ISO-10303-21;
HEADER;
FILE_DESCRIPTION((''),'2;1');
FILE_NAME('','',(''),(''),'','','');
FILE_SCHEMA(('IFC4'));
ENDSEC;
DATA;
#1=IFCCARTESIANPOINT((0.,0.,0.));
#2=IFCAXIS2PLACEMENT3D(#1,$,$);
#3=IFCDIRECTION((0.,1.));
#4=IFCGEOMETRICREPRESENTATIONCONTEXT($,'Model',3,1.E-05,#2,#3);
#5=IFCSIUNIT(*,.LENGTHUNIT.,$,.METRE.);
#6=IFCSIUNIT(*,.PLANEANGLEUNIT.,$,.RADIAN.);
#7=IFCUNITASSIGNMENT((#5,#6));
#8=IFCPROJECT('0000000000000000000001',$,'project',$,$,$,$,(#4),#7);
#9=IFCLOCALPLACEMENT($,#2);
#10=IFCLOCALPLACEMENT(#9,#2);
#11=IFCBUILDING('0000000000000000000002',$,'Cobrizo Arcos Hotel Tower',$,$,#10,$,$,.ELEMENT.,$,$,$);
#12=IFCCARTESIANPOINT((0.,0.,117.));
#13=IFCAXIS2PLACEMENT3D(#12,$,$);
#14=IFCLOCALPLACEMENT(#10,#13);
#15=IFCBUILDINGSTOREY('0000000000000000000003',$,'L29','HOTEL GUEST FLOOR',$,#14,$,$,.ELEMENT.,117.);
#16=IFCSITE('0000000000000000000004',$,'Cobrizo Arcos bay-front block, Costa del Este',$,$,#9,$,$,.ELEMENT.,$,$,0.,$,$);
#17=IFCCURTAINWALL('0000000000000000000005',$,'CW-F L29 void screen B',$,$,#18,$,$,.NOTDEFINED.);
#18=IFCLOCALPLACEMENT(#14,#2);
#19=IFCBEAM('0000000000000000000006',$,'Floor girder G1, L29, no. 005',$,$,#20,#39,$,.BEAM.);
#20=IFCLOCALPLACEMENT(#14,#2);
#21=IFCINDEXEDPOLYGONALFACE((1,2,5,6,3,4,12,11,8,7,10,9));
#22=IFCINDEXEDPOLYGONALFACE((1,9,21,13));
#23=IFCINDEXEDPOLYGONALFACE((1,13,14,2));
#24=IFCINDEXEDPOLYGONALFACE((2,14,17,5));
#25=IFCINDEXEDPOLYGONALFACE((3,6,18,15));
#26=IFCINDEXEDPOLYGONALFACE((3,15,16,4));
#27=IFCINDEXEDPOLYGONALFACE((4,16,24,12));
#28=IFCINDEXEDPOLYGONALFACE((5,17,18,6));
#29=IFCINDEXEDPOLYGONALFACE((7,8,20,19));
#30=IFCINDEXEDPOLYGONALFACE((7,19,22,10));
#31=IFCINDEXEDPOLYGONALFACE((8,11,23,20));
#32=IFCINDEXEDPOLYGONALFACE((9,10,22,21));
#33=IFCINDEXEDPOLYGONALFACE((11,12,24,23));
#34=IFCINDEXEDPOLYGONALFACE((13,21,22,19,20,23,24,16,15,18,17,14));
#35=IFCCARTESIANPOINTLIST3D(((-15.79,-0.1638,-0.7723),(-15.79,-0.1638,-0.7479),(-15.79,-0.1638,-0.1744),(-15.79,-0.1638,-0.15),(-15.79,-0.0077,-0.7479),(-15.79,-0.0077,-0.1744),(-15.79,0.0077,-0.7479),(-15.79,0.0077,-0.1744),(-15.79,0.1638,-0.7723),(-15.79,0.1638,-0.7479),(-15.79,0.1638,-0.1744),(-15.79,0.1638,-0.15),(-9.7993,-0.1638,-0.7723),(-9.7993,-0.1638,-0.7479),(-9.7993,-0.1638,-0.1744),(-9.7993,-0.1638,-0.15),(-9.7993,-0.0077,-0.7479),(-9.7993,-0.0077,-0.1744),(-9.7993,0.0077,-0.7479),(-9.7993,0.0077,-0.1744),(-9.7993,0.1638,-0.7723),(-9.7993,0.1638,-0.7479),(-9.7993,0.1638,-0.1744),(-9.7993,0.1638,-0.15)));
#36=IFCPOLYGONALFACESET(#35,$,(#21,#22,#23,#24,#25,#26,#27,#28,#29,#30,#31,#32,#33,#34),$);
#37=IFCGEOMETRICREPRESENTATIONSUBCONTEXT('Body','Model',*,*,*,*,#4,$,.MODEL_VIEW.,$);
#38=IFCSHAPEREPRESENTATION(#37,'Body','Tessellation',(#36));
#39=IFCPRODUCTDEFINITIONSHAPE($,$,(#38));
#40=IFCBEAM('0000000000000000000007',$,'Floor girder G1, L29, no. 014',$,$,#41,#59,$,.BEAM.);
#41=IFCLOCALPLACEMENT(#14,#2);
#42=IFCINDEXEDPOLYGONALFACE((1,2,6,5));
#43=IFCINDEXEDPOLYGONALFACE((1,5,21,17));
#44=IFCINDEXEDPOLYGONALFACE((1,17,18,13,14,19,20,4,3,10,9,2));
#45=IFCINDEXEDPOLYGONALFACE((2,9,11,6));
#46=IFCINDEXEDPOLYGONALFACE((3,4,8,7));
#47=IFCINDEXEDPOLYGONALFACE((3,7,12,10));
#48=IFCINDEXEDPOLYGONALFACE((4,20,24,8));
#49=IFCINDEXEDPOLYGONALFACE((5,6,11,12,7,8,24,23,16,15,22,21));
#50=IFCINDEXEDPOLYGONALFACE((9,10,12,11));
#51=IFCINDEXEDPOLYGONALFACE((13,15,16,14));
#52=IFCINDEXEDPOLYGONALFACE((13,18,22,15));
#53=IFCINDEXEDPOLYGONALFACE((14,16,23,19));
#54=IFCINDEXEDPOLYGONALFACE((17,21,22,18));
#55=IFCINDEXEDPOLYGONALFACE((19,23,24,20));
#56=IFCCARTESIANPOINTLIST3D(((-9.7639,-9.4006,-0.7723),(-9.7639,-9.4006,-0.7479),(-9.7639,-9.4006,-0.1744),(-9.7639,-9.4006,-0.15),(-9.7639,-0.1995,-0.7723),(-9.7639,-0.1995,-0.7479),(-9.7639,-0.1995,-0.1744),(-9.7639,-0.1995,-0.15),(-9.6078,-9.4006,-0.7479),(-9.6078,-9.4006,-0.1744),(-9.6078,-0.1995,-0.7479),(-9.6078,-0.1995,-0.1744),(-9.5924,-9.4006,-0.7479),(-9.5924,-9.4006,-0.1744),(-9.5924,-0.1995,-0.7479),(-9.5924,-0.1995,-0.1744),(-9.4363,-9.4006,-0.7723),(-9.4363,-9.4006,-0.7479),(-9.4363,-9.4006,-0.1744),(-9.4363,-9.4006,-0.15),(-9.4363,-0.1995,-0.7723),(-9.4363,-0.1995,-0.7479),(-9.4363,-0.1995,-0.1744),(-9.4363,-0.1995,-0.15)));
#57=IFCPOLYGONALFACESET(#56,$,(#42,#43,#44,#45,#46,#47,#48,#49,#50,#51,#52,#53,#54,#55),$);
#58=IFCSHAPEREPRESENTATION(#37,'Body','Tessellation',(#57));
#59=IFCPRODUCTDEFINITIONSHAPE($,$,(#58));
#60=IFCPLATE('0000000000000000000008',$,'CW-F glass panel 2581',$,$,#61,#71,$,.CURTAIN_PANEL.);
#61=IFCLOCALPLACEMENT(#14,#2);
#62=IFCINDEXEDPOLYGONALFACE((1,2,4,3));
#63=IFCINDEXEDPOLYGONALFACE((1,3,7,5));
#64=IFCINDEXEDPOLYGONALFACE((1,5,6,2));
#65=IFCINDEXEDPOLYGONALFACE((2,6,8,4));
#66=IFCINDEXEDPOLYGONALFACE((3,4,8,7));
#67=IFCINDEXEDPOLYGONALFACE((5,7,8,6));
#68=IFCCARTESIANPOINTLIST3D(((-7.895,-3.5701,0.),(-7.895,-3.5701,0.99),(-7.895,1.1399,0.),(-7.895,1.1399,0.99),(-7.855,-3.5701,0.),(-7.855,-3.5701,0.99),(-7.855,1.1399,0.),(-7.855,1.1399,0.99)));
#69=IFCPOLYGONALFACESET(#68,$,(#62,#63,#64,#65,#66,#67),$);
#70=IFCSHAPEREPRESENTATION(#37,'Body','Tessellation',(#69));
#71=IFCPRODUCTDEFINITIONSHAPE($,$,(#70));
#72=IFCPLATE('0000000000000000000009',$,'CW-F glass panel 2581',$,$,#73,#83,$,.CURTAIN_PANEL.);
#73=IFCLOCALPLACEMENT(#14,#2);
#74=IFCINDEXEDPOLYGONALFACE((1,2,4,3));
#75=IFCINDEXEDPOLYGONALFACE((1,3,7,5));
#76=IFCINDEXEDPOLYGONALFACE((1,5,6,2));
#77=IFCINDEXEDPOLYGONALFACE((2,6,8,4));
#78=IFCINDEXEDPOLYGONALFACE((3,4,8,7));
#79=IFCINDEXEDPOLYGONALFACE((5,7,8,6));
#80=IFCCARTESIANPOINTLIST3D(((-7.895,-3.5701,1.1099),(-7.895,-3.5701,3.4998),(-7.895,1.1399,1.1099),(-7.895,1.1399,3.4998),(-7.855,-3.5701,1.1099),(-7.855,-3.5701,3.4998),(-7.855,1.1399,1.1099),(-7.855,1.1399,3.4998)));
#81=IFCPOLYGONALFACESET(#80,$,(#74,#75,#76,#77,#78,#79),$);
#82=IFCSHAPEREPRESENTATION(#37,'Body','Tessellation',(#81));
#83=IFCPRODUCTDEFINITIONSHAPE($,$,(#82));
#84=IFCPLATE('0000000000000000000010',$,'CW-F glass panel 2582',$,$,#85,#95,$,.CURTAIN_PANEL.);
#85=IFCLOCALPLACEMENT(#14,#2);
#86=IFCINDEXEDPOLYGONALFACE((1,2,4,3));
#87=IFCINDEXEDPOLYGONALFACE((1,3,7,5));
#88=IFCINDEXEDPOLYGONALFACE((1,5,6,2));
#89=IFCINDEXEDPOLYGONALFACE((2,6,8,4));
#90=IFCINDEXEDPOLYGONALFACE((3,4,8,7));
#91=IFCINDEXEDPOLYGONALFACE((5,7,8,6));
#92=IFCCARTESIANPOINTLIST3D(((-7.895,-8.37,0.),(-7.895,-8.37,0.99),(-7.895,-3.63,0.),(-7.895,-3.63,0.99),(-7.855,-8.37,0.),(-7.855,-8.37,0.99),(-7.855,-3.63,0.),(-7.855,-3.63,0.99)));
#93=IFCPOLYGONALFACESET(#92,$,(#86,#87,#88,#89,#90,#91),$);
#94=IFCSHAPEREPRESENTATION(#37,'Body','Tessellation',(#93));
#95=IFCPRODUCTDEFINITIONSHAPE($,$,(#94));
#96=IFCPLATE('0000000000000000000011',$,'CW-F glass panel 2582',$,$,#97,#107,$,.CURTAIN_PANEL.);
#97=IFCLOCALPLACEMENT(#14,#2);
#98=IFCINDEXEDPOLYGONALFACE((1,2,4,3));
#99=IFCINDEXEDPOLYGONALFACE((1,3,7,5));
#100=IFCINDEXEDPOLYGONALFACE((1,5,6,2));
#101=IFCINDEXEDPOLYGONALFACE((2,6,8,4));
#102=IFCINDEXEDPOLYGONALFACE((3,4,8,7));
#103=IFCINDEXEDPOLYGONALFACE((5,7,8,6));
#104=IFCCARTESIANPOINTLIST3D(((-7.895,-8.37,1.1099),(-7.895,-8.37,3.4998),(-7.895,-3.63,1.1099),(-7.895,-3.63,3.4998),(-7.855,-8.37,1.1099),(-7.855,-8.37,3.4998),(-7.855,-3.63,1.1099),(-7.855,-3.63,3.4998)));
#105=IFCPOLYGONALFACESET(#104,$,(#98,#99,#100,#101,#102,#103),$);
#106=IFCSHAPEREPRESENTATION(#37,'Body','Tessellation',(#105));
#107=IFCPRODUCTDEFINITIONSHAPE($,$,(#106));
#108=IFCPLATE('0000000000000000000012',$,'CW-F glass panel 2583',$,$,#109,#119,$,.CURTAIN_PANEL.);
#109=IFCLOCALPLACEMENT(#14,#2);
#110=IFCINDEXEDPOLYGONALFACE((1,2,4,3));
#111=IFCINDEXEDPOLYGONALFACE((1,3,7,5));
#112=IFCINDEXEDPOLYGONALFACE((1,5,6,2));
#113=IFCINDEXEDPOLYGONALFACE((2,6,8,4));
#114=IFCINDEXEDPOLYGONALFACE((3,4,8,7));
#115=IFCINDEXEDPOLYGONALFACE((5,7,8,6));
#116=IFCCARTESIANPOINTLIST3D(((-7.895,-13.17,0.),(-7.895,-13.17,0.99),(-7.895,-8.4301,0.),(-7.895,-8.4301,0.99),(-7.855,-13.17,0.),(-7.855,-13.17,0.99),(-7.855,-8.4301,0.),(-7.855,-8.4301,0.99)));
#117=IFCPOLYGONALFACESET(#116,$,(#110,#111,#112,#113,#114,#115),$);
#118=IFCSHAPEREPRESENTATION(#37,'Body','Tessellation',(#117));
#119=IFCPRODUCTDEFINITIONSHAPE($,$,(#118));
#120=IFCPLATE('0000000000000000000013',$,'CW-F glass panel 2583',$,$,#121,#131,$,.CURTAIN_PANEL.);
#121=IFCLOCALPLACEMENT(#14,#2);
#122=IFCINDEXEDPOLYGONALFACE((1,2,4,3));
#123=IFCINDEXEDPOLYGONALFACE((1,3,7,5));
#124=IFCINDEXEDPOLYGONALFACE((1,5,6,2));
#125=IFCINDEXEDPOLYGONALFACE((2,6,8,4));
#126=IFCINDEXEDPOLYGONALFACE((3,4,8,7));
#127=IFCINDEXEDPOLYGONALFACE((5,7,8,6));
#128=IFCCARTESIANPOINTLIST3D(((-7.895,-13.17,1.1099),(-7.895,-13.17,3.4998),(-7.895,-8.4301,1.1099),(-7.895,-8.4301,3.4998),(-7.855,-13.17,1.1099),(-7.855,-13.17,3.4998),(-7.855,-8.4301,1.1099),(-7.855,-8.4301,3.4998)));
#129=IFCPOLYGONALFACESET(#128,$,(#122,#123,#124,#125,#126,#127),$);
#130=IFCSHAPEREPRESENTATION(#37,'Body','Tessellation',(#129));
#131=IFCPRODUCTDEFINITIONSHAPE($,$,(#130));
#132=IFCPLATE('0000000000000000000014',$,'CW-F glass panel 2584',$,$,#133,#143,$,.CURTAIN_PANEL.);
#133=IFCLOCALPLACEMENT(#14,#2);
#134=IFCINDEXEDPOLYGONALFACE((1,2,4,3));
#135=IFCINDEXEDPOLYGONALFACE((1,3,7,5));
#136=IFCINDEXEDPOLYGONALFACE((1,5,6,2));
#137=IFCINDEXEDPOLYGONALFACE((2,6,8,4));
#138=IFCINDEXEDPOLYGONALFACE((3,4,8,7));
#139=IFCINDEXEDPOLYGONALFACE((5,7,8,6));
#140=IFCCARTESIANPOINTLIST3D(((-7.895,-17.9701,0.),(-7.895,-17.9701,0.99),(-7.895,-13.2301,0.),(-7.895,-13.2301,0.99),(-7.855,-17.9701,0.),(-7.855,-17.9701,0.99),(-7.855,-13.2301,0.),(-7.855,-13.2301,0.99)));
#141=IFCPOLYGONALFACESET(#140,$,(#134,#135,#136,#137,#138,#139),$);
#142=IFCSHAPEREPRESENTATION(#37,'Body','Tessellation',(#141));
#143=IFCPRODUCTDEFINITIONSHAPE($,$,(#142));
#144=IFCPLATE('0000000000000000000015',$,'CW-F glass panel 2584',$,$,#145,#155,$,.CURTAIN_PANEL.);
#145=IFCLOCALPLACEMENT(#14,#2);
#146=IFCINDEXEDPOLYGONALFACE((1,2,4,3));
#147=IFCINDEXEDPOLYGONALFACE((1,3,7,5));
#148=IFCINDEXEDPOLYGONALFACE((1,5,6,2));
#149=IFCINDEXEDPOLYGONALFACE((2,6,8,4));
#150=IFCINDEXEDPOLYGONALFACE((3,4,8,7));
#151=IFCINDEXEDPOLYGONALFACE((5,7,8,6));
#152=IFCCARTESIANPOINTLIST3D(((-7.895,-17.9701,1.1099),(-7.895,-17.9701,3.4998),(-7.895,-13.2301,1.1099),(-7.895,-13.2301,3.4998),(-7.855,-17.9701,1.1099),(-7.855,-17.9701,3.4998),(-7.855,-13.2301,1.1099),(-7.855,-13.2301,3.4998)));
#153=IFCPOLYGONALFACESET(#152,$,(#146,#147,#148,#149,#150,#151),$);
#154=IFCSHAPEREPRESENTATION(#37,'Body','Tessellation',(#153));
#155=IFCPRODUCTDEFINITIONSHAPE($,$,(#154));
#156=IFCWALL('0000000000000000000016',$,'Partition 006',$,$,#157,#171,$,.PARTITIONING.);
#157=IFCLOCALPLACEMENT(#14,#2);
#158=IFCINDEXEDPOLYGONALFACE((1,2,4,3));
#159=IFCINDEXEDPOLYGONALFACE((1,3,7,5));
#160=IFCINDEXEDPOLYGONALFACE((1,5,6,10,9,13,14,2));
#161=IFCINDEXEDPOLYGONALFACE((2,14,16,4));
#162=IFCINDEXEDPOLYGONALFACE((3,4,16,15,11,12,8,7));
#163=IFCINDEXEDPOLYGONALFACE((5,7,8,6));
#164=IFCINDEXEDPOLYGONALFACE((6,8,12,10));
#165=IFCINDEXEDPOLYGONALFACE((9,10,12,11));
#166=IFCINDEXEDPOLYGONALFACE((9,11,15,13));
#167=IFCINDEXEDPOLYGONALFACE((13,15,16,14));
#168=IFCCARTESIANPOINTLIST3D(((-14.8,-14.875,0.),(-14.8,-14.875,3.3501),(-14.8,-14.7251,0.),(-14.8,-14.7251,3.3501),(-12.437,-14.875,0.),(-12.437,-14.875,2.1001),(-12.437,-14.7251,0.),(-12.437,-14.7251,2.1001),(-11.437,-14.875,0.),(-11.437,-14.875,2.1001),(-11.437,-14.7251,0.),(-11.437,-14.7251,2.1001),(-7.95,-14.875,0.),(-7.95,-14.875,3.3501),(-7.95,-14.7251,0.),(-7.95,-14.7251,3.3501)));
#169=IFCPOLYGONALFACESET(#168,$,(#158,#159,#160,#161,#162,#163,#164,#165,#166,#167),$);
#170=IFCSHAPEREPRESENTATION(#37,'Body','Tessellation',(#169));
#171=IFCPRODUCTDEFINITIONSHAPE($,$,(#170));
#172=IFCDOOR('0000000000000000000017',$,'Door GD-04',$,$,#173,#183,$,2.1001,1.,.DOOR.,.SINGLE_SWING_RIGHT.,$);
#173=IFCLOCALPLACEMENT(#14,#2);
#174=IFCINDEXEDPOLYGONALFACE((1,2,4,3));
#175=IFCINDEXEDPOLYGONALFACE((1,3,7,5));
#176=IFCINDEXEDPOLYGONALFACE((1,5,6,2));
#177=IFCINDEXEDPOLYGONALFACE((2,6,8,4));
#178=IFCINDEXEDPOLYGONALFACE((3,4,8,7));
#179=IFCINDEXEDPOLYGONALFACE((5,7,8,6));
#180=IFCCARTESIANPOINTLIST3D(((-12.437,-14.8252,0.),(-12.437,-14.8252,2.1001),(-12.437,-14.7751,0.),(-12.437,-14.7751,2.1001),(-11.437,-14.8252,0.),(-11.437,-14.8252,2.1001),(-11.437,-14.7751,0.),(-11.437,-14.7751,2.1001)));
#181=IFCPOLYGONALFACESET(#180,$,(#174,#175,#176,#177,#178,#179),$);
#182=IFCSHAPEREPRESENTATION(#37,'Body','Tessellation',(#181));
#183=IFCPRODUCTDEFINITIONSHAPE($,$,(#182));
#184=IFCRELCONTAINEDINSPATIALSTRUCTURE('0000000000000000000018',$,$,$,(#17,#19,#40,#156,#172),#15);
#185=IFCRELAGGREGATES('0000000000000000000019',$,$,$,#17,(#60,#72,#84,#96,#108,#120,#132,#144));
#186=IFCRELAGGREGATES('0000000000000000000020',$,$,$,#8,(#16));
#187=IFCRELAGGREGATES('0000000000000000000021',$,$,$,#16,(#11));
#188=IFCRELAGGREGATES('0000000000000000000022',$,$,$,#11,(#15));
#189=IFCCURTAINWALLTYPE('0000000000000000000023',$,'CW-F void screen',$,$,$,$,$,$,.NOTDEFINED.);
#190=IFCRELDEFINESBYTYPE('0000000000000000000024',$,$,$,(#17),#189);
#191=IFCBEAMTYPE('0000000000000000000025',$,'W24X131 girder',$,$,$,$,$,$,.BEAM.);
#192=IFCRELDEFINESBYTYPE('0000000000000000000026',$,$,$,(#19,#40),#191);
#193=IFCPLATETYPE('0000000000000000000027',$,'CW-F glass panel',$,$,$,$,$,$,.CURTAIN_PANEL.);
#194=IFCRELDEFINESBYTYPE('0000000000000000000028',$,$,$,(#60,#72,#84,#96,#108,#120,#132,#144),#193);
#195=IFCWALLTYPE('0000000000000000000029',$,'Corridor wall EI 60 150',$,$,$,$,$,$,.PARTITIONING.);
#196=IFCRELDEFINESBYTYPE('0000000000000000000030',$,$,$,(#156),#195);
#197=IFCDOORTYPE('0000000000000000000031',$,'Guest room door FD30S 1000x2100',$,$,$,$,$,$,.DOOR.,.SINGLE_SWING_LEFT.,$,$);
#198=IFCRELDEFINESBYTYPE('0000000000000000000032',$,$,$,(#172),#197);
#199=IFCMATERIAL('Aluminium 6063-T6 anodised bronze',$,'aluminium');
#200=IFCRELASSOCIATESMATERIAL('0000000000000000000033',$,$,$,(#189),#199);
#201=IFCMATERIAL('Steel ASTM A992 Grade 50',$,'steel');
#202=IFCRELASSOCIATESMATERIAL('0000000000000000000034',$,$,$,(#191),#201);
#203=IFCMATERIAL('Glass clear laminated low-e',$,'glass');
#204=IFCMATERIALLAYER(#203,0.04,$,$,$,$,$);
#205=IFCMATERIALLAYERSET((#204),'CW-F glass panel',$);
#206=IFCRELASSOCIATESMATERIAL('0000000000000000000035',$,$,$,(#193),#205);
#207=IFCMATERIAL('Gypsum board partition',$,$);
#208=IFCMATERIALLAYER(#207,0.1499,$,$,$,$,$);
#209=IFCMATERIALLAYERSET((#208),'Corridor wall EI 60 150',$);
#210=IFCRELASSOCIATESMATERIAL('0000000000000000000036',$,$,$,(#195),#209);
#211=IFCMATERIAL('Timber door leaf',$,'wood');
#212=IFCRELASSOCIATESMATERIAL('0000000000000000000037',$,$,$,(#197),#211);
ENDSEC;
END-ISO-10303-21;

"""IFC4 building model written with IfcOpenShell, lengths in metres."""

from ifc_helpers import new_model, si_unit, direction, frame, frame_2d, origin, origin_2d, place, context, subcontext, project, spatial, rectangle, i_section, extrude, material, layer, layer_set, material_profile, profile_set, type_object, element, fill, aggregate, save


model = new_model("IFC4")

# Units and contexts
model_context = context("Model", 3, precision=1e-05, world=origin(), true_north=direction((0.0, 1.0)))
body_context = subcontext(model_context, "Body", "Model", "MODEL_VIEW")
ifc_project = project(units=[si_unit("LENGTHUNIT", "METRE"), si_unit("PLANEANGLEUNIT", "RADIAN")], contexts=[model_context])

# Site, building, storey
site_placement = place(None, origin())
site = spatial("IfcSite", under=ifc_project, at=site_placement, Name="Cobrizo Arcos bay-front block, Costa del Este", CompositionType="ELEMENT", RefElevation=0.0)
building_placement = place(site_placement, origin())
building = spatial("IfcBuilding", under=site, at=building_placement, Name="Cobrizo Arcos Hotel Tower", CompositionType="ELEMENT")
storey_placement = place(building_placement, frame((0.0, 0.0, 117.0)))
storey = spatial("IfcBuildingStorey", under=building, at=storey_placement, Name="L29", Description="HOTEL GUEST FLOOR", CompositionType="ELEMENT", Elevation=117.0)

# Shared definitions
ifc_material_1 = material(Name="Steel ASTM A992 Grade 50", Category="steel")

# Curtain wall
ifc_material_2 = material(Name="Aluminium 6063-T6 anodised bronze", Category="aluminium")
curtain_wall_type = type_object("IfcCurtainWallType", Name="CW-F void screen", PredefinedType="NOTDEFINED", material=ifc_material_2)
curtain_wall_placement = place(storey_placement, origin())
curtain_wall = element("IfcCurtainWall", 1, at=curtain_wall_placement, inside=storey, type_object=curtain_wall_type, Name="CW-F L29 void screen B", PredefinedType="NOTDEFINED")

# Beams
ifc_material_profile_1 = material_profile(ifc_material_1, i_section(OverallWidth=0.3276, OverallDepth=0.6223, WebThickness=0.0154, FlangeThickness=0.0244, at=origin_2d()), Name="W24X131")
ifc_profile_set_1 = profile_set([ifc_material_profile_1], Name="Steel ASTM A992 Grade 50")
beam_type_1 = type_object("IfcBeamType", Name="W24X131 girder", PredefinedType="BEAM", material=ifc_profile_set_1)
beam_1_placement = place(storey_placement, frame((-15.79, 0.0, -0.4612), z_axis=(1.0, 0.0, 0.0), x_axis=(0.0, 1.0, 0.0)))
element("IfcBeam", 2, at=beam_1_placement, inside=storey, type_object=beam_type_1, Name="Floor girder G1, L29, no. 005", PredefinedType="BEAM", context=body_context, shape_type="SweptSolid", body=[
    extrude(i_section(OverallWidth=0.3276, OverallDepth=0.6223, WebThickness=0.0154, FlangeThickness=0.0244, at=origin_2d()), origin(), (0.0, 0.0, 1.0), 5.9907),
])
beam_2_placement = place(storey_placement, frame((-9.6001, -9.4006, -0.4612), z_axis=(0.0, 1.0, 0.0), x_axis=(-1.0, 0.0, 0.0)))
element("IfcBeam", 3, at=beam_2_placement, inside=storey, type_object=beam_type_1, Name="Floor girder G1, L29, no. 014", PredefinedType="BEAM", context=body_context, shape_type="SweptSolid", body=[
    extrude(i_section(OverallWidth=0.3276, OverallDepth=0.6223, WebThickness=0.0154, FlangeThickness=0.0244, at=origin_2d()), origin(), (0.0, 0.0, 1.0), 9.2012),
])

# Plates
ifc_material_3 = material(Name="Glass clear laminated low-e", Category="glass")
ifc_layer_1 = layer(ifc_material_3, 0.04)
ifc_layer_set_1 = layer_set([ifc_layer_1], Name="CW-F glass panel")
plate_type = type_object("IfcPlateType", Name="CW-F glass panel", PredefinedType="CURTAIN_PANEL", material=ifc_layer_set_1)
plate_1_placement = place(storey_placement, frame((-7.875, -1.2151, 0.0), z_axis=(0.0, 0.0, 1.0), x_axis=(0.0, -1.0, 0.0)))
plate_1 = element("IfcPlate", 4, at=plate_1_placement, type_object=plate_type, Name="CW-F glass panel 2581", PredefinedType="CURTAIN_PANEL", context=body_context, shape_type="SweptSolid", body=[
    extrude(rectangle(XDim=4.71, YDim=0.04, at=origin_2d()), origin(), (0.0, 0.0, 1.0), 0.99),
])
plate_2_placement = place(storey_placement, frame((-7.875, -1.2151, 1.1099), z_axis=(0.0, 0.0, 1.0), x_axis=(0.0, -1.0, 0.0)))
plate_2 = element("IfcPlate", 5, at=plate_2_placement, type_object=plate_type, Name="CW-F glass panel 2581", PredefinedType="CURTAIN_PANEL", context=body_context, shape_type="SweptSolid", body=[
    extrude(rectangle(XDim=4.71, YDim=0.04, at=origin_2d()), origin(), (0.0, 0.0, 1.0), 2.3899),
])
plate_3_placement = place(storey_placement, frame((-7.875, -6.0, 0.0), z_axis=(0.0, 0.0, 1.0), x_axis=(0.0, -1.0, 0.0)))
plate_3 = element("IfcPlate", 6, at=plate_3_placement, type_object=plate_type, Name="CW-F glass panel 2582", PredefinedType="CURTAIN_PANEL", context=body_context, shape_type="SweptSolid", body=[
    extrude(rectangle(XDim=4.74, YDim=0.04, at=origin_2d()), origin(), (0.0, 0.0, 1.0), 0.99),
])
plate_4_placement = place(storey_placement, frame((-7.875, -6.0, 1.1099), z_axis=(0.0, 0.0, 1.0), x_axis=(0.0, -1.0, 0.0)))
plate_4 = element("IfcPlate", 7, at=plate_4_placement, type_object=plate_type, Name="CW-F glass panel 2582", PredefinedType="CURTAIN_PANEL", context=body_context, shape_type="SweptSolid", body=[
    extrude(rectangle(XDim=4.74, YDim=0.04, at=origin_2d()), origin(), (0.0, 0.0, 1.0), 2.3899),
])
plate_5_placement = place(storey_placement, frame((-7.875, -10.8, 0.0), z_axis=(0.0, 0.0, 1.0), x_axis=(0.0, -1.0, 0.0)))
plate_5 = element("IfcPlate", 8, at=plate_5_placement, type_object=plate_type, Name="CW-F glass panel 2583", PredefinedType="CURTAIN_PANEL", context=body_context, shape_type="SweptSolid", body=[
    extrude(rectangle(XDim=4.74, YDim=0.04, at=origin_2d()), origin(), (0.0, 0.0, 1.0), 0.99),
])
plate_6_placement = place(storey_placement, frame((-7.875, -10.8, 1.1099), z_axis=(0.0, 0.0, 1.0), x_axis=(0.0, -1.0, 0.0)))
plate_6 = element("IfcPlate", 9, at=plate_6_placement, type_object=plate_type, Name="CW-F glass panel 2583", PredefinedType="CURTAIN_PANEL", context=body_context, shape_type="SweptSolid", body=[
    extrude(rectangle(XDim=4.74, YDim=0.04, at=origin_2d()), origin(), (0.0, 0.0, 1.0), 2.3899),
])
plate_7_placement = place(storey_placement, frame((-7.875, -15.6001, 0.0), z_axis=(0.0, 0.0, 1.0), x_axis=(0.0, -1.0, 0.0)))
plate_7 = element("IfcPlate", 10, at=plate_7_placement, type_object=plate_type, Name="CW-F glass panel 2584", PredefinedType="CURTAIN_PANEL", context=body_context, shape_type="SweptSolid", body=[
    extrude(rectangle(XDim=4.74, YDim=0.04, at=origin_2d()), origin(), (0.0, 0.0, 1.0), 0.99),
])
plate_8_placement = place(storey_placement, frame((-7.875, -15.6001, 1.1099), z_axis=(0.0, 0.0, 1.0), x_axis=(0.0, -1.0, 0.0)))
plate_8 = element("IfcPlate", 11, at=plate_8_placement, type_object=plate_type, Name="CW-F glass panel 2584", PredefinedType="CURTAIN_PANEL", context=body_context, shape_type="SweptSolid", body=[
    extrude(rectangle(XDim=4.74, YDim=0.04, at=origin_2d()), origin(), (0.0, 0.0, 1.0), 2.3899),
])
aggregate(curtain_wall, [plate_1, plate_2, plate_3, plate_4, plate_5, plate_6, plate_7, plate_8])

# Wall, opening, door
ifc_material_4 = material(Name="Gypsum board partition")
ifc_layer_2 = layer(ifc_material_4, 0.1499)
ifc_layer_set_2 = layer_set([ifc_layer_2], Name="Corridor wall EI 60 150")
wall_type_1 = type_object("IfcWallType", Name="Corridor wall EI 60 150", PredefinedType="PARTITIONING", material=ifc_layer_set_2)
wall_1_placement = place(storey_placement, frame((-14.8, -14.8, 0.0), z_axis=(0.0, 0.0, 1.0), x_axis=(1.0, 0.0, 0.0)))
wall_1 = element("IfcWall", 12, at=wall_1_placement, inside=storey, type_object=wall_type_1, Name="Partition 006", PredefinedType="PARTITIONING", context=body_context, shape_type="SweptSolid", body=[
    extrude(rectangle(XDim=6.8501, YDim=0.1499, at=frame_2d((3.425, 0.0))), origin(), (0.0, 0.0, 1.0), 3.3501),
])
opening_1_placement = place(wall_1_placement, frame((2.363, 0.0, 0.0)))
opening_1 = element("IfcOpeningElement", 13, at=opening_1_placement, cuts=wall_1, PredefinedType="OPENING", context=body_context, shape_type="SweptSolid", body=[
    extrude(rectangle(XDim=1.0, YDim=2.1001, at=frame_2d((0.5, 1.05))), frame((0.0, 0.0869, 0.0), z_axis=(0.0, -1.0, 0.0), x_axis=(1.0, 0.0, 0.0)), (0.0, 0.0, 1.0), 0.1738),
])
ifc_material_5 = material(Name="Timber door leaf", Category="wood")
door_type_1 = type_object("IfcDoorType", Name="Guest room door FD30S 1000x2100", OperationType="SINGLE_SWING_LEFT", PredefinedType="DOOR", material=ifc_material_5)
door_1_placement = place(opening_1_placement, origin())
door_1 = element("IfcDoor", 14, at=door_1_placement, inside=storey, type_object=door_type_1, Name="Door GD-04", OperationType="SINGLE_SWING_RIGHT", OverallHeight=2.1001, OverallWidth=1.0, PredefinedType="DOOR", context=body_context, shape_type="SweptSolid", body=[
    extrude(rectangle(XDim=1.0, YDim=2.1001, at=frame_2d((0.5, 1.05))), frame((0.0, 0.0249, 0.0), z_axis=(0.0, -1.0, 0.0), x_axis=(1.0, 0.0, 0.0)), (0.0, 0.0, 1.0), 0.05),
])
fill(opening_1, door_1)

save(model, "model.ifc")
